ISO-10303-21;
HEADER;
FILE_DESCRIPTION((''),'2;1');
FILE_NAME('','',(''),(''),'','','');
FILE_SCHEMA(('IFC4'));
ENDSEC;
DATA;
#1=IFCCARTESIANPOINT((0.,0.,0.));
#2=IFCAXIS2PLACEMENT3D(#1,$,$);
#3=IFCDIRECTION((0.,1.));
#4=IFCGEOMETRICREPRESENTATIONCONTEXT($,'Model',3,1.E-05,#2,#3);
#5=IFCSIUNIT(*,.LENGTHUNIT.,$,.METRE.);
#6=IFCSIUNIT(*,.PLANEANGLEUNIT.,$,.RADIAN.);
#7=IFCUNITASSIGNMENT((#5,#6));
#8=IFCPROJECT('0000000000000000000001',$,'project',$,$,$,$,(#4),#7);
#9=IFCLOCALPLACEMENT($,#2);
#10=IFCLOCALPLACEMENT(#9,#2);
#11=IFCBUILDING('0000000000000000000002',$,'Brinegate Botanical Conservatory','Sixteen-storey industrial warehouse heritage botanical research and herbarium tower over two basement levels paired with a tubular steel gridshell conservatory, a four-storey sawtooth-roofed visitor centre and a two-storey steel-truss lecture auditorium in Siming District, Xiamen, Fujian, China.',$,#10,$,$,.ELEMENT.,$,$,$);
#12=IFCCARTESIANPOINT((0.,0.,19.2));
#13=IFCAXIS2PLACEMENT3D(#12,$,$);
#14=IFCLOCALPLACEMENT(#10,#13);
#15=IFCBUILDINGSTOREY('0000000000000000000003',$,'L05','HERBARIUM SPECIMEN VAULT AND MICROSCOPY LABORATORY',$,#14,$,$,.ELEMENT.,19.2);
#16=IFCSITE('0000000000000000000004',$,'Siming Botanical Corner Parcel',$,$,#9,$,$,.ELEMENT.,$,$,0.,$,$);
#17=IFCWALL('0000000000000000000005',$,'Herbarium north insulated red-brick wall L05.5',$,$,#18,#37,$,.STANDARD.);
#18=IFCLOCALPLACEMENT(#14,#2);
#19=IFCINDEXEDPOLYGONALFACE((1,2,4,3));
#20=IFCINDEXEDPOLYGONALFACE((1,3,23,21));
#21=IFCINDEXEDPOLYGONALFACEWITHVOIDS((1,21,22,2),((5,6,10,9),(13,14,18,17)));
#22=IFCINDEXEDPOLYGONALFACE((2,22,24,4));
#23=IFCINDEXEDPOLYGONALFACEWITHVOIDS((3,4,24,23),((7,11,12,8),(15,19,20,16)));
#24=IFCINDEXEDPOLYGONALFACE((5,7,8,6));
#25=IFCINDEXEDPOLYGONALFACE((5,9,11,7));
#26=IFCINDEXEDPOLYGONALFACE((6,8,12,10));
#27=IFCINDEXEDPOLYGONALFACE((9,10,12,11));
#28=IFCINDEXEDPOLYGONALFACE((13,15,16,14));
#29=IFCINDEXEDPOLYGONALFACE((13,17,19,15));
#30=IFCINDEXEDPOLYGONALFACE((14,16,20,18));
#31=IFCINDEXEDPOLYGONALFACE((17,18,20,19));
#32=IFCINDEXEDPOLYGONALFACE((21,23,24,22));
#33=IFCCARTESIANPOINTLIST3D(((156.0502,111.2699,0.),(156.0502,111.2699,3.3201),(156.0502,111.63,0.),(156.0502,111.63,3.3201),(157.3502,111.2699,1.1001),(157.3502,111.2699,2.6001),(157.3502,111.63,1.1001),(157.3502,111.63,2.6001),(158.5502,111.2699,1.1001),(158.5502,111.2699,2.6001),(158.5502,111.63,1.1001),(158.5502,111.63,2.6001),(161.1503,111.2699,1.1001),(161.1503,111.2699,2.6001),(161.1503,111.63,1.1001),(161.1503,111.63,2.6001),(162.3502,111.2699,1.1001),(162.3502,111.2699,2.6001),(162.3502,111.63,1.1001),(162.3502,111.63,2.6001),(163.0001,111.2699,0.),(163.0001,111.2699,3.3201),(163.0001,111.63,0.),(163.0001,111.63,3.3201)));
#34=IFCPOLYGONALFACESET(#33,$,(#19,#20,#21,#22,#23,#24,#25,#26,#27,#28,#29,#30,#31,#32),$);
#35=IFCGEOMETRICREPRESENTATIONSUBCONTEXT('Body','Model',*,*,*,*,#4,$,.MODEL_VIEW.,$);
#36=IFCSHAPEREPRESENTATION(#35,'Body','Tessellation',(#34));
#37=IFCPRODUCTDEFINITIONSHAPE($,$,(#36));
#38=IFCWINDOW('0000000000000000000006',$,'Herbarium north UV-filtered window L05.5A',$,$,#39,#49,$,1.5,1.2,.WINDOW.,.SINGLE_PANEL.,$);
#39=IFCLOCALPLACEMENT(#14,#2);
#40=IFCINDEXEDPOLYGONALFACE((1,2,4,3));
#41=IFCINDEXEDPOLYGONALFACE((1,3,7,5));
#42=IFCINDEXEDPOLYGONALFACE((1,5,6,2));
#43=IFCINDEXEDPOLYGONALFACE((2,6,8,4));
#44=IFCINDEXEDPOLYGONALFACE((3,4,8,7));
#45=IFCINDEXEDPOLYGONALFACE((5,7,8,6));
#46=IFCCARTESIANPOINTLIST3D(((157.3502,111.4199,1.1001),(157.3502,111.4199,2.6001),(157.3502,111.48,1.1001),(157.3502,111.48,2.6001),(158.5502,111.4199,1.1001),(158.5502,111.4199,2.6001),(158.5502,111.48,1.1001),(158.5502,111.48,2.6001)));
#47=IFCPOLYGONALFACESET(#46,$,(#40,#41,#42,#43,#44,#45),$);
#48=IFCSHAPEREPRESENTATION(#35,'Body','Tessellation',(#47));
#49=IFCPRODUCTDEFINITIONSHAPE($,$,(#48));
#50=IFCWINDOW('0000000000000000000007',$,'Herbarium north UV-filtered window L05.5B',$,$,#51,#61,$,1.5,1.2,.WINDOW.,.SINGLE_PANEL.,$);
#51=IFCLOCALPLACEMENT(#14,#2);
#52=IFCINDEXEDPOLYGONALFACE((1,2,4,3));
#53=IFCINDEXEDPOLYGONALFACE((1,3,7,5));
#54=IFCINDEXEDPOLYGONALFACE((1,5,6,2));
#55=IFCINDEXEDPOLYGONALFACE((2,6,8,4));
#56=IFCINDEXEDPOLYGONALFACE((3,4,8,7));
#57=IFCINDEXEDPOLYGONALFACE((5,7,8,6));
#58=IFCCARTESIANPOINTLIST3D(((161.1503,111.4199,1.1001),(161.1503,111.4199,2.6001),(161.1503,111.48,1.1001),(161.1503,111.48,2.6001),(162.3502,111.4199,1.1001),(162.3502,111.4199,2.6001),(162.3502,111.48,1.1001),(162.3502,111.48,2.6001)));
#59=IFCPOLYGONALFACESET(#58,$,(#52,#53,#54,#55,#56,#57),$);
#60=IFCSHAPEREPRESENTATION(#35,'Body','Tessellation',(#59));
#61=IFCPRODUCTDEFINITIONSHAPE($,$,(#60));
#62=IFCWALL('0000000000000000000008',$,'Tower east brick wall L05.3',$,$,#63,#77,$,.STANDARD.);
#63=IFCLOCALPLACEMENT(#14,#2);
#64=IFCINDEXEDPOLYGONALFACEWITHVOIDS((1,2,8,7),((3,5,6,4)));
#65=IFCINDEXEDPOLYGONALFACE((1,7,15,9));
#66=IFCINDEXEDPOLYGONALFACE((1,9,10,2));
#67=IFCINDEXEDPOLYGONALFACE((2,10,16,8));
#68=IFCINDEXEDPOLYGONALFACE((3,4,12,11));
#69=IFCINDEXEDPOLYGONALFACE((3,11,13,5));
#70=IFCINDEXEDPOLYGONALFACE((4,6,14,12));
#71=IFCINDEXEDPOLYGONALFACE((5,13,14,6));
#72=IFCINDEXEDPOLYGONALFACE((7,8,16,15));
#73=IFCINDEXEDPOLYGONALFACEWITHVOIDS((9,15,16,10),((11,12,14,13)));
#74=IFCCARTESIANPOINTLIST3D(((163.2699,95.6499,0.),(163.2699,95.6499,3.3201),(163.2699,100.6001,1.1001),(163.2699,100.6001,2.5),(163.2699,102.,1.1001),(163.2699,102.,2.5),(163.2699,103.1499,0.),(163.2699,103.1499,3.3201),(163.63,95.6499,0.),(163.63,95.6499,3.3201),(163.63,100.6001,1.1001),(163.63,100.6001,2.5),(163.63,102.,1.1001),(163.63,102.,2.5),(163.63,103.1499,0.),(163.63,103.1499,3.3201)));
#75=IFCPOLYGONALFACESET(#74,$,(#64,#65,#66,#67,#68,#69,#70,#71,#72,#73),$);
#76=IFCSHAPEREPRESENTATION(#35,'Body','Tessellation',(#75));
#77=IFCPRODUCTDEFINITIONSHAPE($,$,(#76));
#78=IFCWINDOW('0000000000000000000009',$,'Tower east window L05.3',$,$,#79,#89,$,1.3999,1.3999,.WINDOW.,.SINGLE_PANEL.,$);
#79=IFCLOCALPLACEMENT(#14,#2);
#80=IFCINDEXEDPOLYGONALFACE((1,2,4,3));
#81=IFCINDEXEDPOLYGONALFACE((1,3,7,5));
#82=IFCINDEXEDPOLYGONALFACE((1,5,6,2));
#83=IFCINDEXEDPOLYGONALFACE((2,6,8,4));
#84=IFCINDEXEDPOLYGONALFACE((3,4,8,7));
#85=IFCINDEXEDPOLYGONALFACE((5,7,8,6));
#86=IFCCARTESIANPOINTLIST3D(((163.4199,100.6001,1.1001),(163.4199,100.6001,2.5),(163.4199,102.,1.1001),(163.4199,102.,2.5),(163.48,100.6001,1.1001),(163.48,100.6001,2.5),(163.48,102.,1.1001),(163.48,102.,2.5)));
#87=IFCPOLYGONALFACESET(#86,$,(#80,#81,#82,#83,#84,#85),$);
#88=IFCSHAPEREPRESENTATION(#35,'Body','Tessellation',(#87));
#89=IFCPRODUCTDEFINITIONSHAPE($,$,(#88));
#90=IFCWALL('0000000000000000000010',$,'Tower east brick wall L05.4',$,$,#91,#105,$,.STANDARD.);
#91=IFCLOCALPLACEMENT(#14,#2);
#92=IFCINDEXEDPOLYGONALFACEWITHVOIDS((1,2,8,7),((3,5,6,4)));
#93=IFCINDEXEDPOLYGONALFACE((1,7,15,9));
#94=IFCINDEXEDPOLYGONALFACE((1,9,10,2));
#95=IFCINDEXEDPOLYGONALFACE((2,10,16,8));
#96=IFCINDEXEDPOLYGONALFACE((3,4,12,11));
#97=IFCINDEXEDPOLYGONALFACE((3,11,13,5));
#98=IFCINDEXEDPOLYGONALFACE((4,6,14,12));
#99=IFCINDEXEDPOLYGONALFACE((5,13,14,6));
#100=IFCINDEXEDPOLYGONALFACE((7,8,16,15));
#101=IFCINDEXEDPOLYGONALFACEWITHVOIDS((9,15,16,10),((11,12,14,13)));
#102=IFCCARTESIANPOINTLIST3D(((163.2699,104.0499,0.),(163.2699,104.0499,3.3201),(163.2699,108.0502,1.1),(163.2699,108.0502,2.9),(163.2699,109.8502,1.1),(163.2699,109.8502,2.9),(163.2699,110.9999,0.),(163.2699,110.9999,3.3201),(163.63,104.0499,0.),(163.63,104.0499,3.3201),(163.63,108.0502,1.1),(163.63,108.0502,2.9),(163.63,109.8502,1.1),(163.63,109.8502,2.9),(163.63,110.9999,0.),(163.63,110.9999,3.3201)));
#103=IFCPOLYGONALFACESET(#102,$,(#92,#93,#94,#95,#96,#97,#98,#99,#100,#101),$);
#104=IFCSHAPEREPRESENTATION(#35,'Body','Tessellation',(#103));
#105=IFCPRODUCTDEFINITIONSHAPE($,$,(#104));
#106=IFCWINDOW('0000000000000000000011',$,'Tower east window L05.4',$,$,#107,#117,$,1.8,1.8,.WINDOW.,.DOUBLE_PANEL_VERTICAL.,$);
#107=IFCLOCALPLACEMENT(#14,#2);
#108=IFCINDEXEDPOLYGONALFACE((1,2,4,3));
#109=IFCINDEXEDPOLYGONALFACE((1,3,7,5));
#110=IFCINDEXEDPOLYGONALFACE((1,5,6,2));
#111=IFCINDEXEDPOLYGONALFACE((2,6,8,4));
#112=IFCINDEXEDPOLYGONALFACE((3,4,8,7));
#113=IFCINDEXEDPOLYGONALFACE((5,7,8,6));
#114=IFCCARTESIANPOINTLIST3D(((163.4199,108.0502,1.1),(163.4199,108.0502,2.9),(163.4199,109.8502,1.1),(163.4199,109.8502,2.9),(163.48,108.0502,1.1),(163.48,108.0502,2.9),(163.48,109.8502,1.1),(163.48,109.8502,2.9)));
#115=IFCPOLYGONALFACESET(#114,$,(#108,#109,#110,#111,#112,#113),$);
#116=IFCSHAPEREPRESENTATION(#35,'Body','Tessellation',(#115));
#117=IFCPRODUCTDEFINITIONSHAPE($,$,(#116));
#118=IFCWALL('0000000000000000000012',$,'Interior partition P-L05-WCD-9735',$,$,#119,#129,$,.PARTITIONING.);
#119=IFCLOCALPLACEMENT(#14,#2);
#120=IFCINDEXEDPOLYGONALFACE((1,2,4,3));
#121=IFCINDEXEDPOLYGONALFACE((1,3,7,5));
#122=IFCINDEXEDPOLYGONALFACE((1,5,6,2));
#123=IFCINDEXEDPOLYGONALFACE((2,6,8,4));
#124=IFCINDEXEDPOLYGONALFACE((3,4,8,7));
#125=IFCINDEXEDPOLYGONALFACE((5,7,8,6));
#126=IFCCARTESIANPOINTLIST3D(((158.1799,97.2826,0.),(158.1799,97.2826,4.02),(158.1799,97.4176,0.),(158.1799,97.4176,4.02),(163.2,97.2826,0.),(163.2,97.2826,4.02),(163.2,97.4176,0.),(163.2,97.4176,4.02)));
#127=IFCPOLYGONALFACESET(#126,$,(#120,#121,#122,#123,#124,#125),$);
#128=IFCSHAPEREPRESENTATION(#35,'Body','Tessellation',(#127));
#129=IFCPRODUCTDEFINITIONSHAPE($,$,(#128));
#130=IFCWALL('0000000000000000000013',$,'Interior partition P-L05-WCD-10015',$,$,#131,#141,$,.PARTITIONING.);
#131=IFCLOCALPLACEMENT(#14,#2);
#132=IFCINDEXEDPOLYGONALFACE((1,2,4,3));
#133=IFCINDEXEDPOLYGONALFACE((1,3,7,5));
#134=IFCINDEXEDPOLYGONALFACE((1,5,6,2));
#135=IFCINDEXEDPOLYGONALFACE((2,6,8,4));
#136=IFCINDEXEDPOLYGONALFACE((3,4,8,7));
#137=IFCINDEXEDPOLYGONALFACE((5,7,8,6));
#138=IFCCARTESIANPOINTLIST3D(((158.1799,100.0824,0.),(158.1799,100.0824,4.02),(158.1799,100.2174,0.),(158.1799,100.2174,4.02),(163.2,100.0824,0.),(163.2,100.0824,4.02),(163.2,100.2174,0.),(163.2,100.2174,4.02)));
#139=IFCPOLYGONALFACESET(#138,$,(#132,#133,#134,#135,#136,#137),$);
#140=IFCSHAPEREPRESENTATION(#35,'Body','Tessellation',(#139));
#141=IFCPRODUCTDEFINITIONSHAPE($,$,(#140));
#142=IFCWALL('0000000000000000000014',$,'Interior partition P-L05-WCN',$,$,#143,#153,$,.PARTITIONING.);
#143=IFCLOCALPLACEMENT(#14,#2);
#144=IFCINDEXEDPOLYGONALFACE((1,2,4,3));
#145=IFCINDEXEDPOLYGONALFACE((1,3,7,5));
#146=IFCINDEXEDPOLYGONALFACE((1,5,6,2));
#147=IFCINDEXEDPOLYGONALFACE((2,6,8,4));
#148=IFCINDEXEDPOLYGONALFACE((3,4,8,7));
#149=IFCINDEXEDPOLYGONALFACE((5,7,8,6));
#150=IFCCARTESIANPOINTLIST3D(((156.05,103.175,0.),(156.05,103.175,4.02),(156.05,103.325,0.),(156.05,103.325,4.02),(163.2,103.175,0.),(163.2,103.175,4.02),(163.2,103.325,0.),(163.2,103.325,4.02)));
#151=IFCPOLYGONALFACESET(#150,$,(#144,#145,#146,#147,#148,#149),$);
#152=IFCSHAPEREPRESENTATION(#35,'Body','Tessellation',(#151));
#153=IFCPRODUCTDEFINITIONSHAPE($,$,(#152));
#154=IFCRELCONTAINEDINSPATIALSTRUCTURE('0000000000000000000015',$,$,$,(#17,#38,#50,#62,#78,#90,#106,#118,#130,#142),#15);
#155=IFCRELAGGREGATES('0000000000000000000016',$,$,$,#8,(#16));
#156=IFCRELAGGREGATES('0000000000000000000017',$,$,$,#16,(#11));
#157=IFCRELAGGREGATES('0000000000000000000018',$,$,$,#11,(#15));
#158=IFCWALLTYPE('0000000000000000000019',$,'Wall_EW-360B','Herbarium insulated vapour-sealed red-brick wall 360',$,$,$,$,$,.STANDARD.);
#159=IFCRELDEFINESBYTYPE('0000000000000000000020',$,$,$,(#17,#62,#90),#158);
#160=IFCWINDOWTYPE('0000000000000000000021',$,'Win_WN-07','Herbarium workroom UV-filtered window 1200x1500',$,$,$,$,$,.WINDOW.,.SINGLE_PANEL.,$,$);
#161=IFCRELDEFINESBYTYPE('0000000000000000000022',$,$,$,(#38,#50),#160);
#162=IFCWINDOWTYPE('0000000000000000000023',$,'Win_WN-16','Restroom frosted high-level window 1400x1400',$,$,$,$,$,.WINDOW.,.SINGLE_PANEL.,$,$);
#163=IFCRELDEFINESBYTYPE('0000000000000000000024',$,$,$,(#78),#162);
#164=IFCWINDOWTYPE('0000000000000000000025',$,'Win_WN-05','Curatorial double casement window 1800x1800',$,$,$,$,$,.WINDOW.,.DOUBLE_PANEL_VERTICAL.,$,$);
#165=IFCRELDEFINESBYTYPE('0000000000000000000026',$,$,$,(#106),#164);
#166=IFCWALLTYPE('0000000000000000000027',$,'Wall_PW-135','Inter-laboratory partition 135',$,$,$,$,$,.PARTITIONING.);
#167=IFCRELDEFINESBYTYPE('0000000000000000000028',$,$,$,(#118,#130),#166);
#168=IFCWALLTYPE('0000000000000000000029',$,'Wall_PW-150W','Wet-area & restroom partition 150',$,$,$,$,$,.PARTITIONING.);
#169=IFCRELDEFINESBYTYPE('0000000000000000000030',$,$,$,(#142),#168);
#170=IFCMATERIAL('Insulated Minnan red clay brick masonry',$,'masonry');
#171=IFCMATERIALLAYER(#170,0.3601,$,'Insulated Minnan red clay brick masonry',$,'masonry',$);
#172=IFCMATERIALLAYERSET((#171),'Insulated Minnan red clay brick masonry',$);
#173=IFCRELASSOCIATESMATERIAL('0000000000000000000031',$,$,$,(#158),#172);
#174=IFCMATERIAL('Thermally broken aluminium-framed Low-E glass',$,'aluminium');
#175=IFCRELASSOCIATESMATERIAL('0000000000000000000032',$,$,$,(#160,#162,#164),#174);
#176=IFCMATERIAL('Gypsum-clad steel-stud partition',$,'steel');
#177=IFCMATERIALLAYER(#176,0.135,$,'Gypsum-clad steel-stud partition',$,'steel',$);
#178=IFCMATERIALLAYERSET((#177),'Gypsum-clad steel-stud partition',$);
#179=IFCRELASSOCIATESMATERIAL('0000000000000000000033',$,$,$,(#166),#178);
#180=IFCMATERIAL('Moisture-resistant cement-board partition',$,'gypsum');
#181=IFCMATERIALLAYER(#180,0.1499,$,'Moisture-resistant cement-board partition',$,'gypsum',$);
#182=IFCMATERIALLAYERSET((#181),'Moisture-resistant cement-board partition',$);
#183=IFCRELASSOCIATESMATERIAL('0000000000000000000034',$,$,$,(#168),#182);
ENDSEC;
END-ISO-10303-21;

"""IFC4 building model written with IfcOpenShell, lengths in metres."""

from ifc_helpers import new_model, si_unit, direction, frame, frame_2d, origin, place, context, subcontext, project, spatial, rectangle, extrude, material, layer, layer_set, type_object, element, fill, save


model = new_model("IFC4")

# Units and contexts
model_context = context("Model", 3, precision=1e-05, world=origin(), true_north=direction((0.0, 1.0)))
body_context = subcontext(model_context, "Body", "Model", "MODEL_VIEW")
ifc_project = project(units=[si_unit("LENGTHUNIT", "METRE"), si_unit("PLANEANGLEUNIT", "RADIAN")], contexts=[model_context])

# Site, building, storey
site_placement = place(None, origin())
site = spatial("IfcSite", under=ifc_project, at=site_placement, Name="Siming Botanical Corner Parcel", CompositionType="ELEMENT", RefElevation=0.0)
building_placement = place(site_placement, origin())
building = spatial("IfcBuilding", under=site, at=building_placement, Name="Brinegate Botanical Conservatory", Description="Sixteen-storey industrial warehouse heritage botanical research and herbarium tower over two basement levels paired with a tubular steel gridshell conservatory, a four-storey sawtooth-roofed visitor centre and a two-storey steel-truss lecture auditorium in Siming District, Xiamen, Fujian, China.", CompositionType="ELEMENT")
storey_placement = place(building_placement, frame((0.0, 0.0, 19.2)))
storey = spatial("IfcBuildingStorey", under=building, at=storey_placement, Name="L05", Description="HERBARIUM SPECIMEN VAULT AND MICROSCOPY LABORATORY", CompositionType="ELEMENT", Elevation=19.2)

# Wall, openings, windows
ifc_material_1 = material(Name="Insulated Minnan red clay brick masonry", Category="masonry")
ifc_layer_1 = layer(ifc_material_1, 0.3601, Name="Insulated Minnan red clay brick masonry", Category="masonry")
ifc_layer_set_1 = layer_set([ifc_layer_1], Name="Insulated Minnan red clay brick masonry")
wall_type_1 = type_object("IfcWallType", Name="Wall_EW-360B", Description="Herbarium insulated vapour-sealed red-brick wall 360", PredefinedType="STANDARD", material=ifc_layer_set_1)
wall_1_placement = place(storey_placement, frame((156.05, 111.45, 0.0), z_axis=(0.0, 0.0, 1.0), x_axis=(1.0, 0.0, 0.0)))
wall_1 = element("IfcWall", 1, at=wall_1_placement, inside=storey, type_object=wall_type_1, Name="Herbarium north insulated red-brick wall L05.5", PredefinedType="STANDARD", context=body_context, shape_type="SweptSolid", body=[
    extrude(rectangle(XDim=6.95, YDim=0.3601, at=frame_2d((3.4751, 0.0))), origin(), (0.0, 0.0, 1.0), 3.3201),
])
opening_1_placement = place(wall_1_placement, frame((1.3, 0.0, 1.1001)))
opening_1 = element("IfcOpeningElement", 2, at=opening_1_placement, cuts=wall_1, PredefinedType="OPENING", context=body_context, shape_type="SweptSolid", body=[
    extrude(rectangle(XDim=1.2, YDim=1.5, at=frame_2d((0.6001, 0.75))), frame((0.0, 0.1899, 0.0), z_axis=(0.0, -1.0, 0.0), x_axis=(1.0, 0.0, 0.0)), (0.0, 0.0, 1.0), 0.3801),
])
opening_2_placement = place(wall_1_placement, frame((5.1001, 0.0, 1.1001)))
opening_2 = element("IfcOpeningElement", 3, at=opening_2_placement, cuts=wall_1, PredefinedType="OPENING", context=body_context, shape_type="SweptSolid", body=[
    extrude(rectangle(XDim=1.2, YDim=1.5, at=frame_2d((0.6001, 0.75))), frame((0.0, 0.1899, 0.0), z_axis=(0.0, -1.0, 0.0), x_axis=(1.0, 0.0, 0.0)), (0.0, 0.0, 1.0), 0.3801),
])
ifc_material_2 = material(Name="Thermally broken aluminium-framed Low-E glass", Category="aluminium")
window_type_1 = type_object("IfcWindowType", Name="Win_WN-07", Description="Herbarium workroom UV-filtered window 1200x1500", PartitioningType="SINGLE_PANEL", PredefinedType="WINDOW", material=ifc_material_2)
window_1_placement = place(opening_1_placement, origin())
window_1 = element("IfcWindow", 4, at=window_1_placement, inside=storey, type_object=window_type_1, Name="Herbarium north UV-filtered window L05.5A", OverallHeight=1.5, OverallWidth=1.2, PartitioningType="SINGLE_PANEL", PredefinedType="WINDOW", context=body_context, shape_type="SweptSolid", body=[
    extrude(rectangle(XDim=1.2, YDim=1.5, at=frame_2d((0.6001, 0.75))), frame((0.0, 0.03, 0.0), z_axis=(0.0, -1.0, 0.0), x_axis=(1.0, 0.0, 0.0)), (0.0, 0.0, 1.0), 0.0601),
])
fill(opening_1, window_1)
window_2_placement = place(opening_2_placement, origin())
window_2 = element("IfcWindow", 5, at=window_2_placement, inside=storey, type_object=window_type_1, Name="Herbarium north UV-filtered window L05.5B", OverallHeight=1.5, OverallWidth=1.2, PartitioningType="SINGLE_PANEL", PredefinedType="WINDOW", context=body_context, shape_type="SweptSolid", body=[
    extrude(rectangle(XDim=1.2, YDim=1.5, at=frame_2d((0.6001, 0.75))), frame((0.0, 0.03, 0.0), z_axis=(0.0, -1.0, 0.0), x_axis=(1.0, 0.0, 0.0)), (0.0, 0.0, 1.0), 0.0601),
])
fill(opening_2, window_2)

# Walls, openings, windows
wall_2_placement = place(storey_placement, frame((163.45, 103.1499, 0.0), z_axis=(0.0, 0.0, 1.0), x_axis=(0.0, -1.0, 0.0)))
wall_2 = element("IfcWall", 6, at=wall_2_placement, inside=storey, type_object=wall_type_1, Name="Tower east brick wall L05.3", PredefinedType="STANDARD", context=body_context, shape_type="SweptSolid", body=[
    extrude(rectangle(XDim=7.5, YDim=0.3601, at=frame_2d((3.75, 0.0))), origin(), (0.0, 0.0, 1.0), 3.3201),
])
opening_3_placement = place(wall_2_placement, frame((1.1499, 0.0, 1.1001)))
opening_3 = element("IfcOpeningElement", 7, at=opening_3_placement, cuts=wall_2, PredefinedType="OPENING", context=body_context, shape_type="SweptSolid", body=[
    extrude(rectangle(XDim=1.3999, YDim=1.3999, at=frame_2d((0.7, 0.7))), frame((0.0, 0.1899, 0.0), z_axis=(0.0, -1.0, 0.0), x_axis=(1.0, 0.0, 0.0)), (0.0, 0.0, 1.0), 0.3801),
])
window_type_2 = type_object("IfcWindowType", Name="Win_WN-16", Description="Restroom frosted high-level window 1400x1400", PartitioningType="SINGLE_PANEL", PredefinedType="WINDOW", material=ifc_material_2)
window_3_placement = place(opening_3_placement, origin())
window_3 = element("IfcWindow", 8, at=window_3_placement, inside=storey, type_object=window_type_2, Name="Tower east window L05.3", OverallHeight=1.3999, OverallWidth=1.3999, PartitioningType="SINGLE_PANEL", PredefinedType="WINDOW", context=body_context, shape_type="SweptSolid", body=[
    extrude(rectangle(XDim=1.3999, YDim=1.3999, at=frame_2d((0.7, 0.7))), frame((0.0, 0.03, 0.0), z_axis=(0.0, -1.0, 0.0), x_axis=(1.0, 0.0, 0.0)), (0.0, 0.0, 1.0), 0.0601),
])
fill(opening_3, window_3)
wall_3_placement = place(storey_placement, frame((163.45, 111.0, 0.0), z_axis=(0.0, 0.0, 1.0), x_axis=(0.0, -1.0, 0.0)))
wall_3 = element("IfcWall", 9, at=wall_3_placement, inside=storey, type_object=wall_type_1, Name="Tower east brick wall L05.4", PredefinedType="STANDARD", context=body_context, shape_type="SweptSolid", body=[
    extrude(rectangle(XDim=6.95, YDim=0.3601, at=frame_2d((3.4751, 0.0))), origin(), (0.0, 0.0, 1.0), 3.3201),
])
opening_4_placement = place(wall_3_placement, frame((1.1499, 0.0, 1.1001)))
opening_4 = element("IfcOpeningElement", 10, at=opening_4_placement, cuts=wall_3, PredefinedType="OPENING", context=body_context, shape_type="SweptSolid", body=[
    extrude(rectangle(XDim=1.8, YDim=1.8, at=frame_2d((0.8999, 0.8999))), frame((0.0, 0.1899, 0.0), z_axis=(0.0, -1.0, 0.0), x_axis=(1.0, 0.0, 0.0)), (0.0, 0.0, 1.0), 0.3801),
])
window_type_3 = type_object("IfcWindowType", Name="Win_WN-05", Description="Curatorial double casement window 1800x1800", PartitioningType="DOUBLE_PANEL_VERTICAL", PredefinedType="WINDOW", material=ifc_material_2)
window_4_placement = place(opening_4_placement, origin())
window_4 = element("IfcWindow", 11, at=window_4_placement, inside=storey, type_object=window_type_3, Name="Tower east window L05.4", OverallHeight=1.8, OverallWidth=1.8, PartitioningType="DOUBLE_PANEL_VERTICAL", PredefinedType="WINDOW", context=body_context, shape_type="SweptSolid", body=[
    extrude(rectangle(XDim=1.8, YDim=1.8, at=frame_2d((0.8999, 0.8999))), frame((0.0, 0.03, 0.0), z_axis=(0.0, -1.0, 0.0), x_axis=(1.0, 0.0, 0.0)), (0.0, 0.0, 1.0), 0.0601),
])
fill(opening_4, window_4)

# Walls
ifc_material_3 = material(Name="Gypsum-clad steel-stud partition", Category="steel")
ifc_layer_2 = layer(ifc_material_3, 0.135, Name="Gypsum-clad steel-stud partition", Category="steel")
ifc_layer_set_2 = layer_set([ifc_layer_2], Name="Gypsum-clad steel-stud partition")
wall_type_2 = type_object("IfcWallType", Name="Wall_PW-135", Description="Inter-laboratory partition 135", PredefinedType="PARTITIONING", material=ifc_layer_set_2)
for number, where, z_axis, x_axis, name in (
    (12, (158.1799, 97.3501, 0.0), (0.0, 0.0, 1.0), (1.0, 0.0, 0.0), "Interior partition P-L05-WCD-9735"),
    (13, (158.1799, 100.1499, 0.0), (0.0, 0.0, 1.0), (1.0, 0.0, 0.0), "Interior partition P-L05-WCD-10015"),
):
    element("IfcWall", number, at=place(storey_placement, frame(where, z_axis=z_axis, x_axis=x_axis)), inside=storey, type_object=wall_type_2, Name=name, PredefinedType="PARTITIONING", context=body_context, shape_type="SweptSolid", body=[
        extrude(rectangle(XDim=5.02, YDim=0.135, at=frame_2d((2.51, 0.0))), origin(), (0.0, 0.0, 1.0), 4.02),
    ])
ifc_material_4 = material(Name="Moisture-resistant cement-board partition", Category="gypsum")
ifc_layer_3 = layer(ifc_material_4, 0.1499, Name="Moisture-resistant cement-board partition", Category="gypsum")
ifc_layer_set_3 = layer_set([ifc_layer_3], Name="Moisture-resistant cement-board partition")
wall_type_3 = type_object("IfcWallType", Name="Wall_PW-150W", Description="Wet-area & restroom partition 150", PredefinedType="PARTITIONING", material=ifc_layer_set_3)
wall_4_placement = place(storey_placement, frame((156.05, 103.25, 0.0), z_axis=(0.0, 0.0, 1.0), x_axis=(1.0, 0.0, 0.0)))
element("IfcWall", 14, at=wall_4_placement, inside=storey, type_object=wall_type_3, Name="Interior partition P-L05-WCN", PredefinedType="PARTITIONING", context=body_context, shape_type="SweptSolid", body=[
    extrude(rectangle(XDim=7.1499, YDim=0.1499, at=frame_2d((3.575, 0.0))), origin(), (0.0, 0.0, 1.0), 4.02),
])

save(model, "model.ifc")
